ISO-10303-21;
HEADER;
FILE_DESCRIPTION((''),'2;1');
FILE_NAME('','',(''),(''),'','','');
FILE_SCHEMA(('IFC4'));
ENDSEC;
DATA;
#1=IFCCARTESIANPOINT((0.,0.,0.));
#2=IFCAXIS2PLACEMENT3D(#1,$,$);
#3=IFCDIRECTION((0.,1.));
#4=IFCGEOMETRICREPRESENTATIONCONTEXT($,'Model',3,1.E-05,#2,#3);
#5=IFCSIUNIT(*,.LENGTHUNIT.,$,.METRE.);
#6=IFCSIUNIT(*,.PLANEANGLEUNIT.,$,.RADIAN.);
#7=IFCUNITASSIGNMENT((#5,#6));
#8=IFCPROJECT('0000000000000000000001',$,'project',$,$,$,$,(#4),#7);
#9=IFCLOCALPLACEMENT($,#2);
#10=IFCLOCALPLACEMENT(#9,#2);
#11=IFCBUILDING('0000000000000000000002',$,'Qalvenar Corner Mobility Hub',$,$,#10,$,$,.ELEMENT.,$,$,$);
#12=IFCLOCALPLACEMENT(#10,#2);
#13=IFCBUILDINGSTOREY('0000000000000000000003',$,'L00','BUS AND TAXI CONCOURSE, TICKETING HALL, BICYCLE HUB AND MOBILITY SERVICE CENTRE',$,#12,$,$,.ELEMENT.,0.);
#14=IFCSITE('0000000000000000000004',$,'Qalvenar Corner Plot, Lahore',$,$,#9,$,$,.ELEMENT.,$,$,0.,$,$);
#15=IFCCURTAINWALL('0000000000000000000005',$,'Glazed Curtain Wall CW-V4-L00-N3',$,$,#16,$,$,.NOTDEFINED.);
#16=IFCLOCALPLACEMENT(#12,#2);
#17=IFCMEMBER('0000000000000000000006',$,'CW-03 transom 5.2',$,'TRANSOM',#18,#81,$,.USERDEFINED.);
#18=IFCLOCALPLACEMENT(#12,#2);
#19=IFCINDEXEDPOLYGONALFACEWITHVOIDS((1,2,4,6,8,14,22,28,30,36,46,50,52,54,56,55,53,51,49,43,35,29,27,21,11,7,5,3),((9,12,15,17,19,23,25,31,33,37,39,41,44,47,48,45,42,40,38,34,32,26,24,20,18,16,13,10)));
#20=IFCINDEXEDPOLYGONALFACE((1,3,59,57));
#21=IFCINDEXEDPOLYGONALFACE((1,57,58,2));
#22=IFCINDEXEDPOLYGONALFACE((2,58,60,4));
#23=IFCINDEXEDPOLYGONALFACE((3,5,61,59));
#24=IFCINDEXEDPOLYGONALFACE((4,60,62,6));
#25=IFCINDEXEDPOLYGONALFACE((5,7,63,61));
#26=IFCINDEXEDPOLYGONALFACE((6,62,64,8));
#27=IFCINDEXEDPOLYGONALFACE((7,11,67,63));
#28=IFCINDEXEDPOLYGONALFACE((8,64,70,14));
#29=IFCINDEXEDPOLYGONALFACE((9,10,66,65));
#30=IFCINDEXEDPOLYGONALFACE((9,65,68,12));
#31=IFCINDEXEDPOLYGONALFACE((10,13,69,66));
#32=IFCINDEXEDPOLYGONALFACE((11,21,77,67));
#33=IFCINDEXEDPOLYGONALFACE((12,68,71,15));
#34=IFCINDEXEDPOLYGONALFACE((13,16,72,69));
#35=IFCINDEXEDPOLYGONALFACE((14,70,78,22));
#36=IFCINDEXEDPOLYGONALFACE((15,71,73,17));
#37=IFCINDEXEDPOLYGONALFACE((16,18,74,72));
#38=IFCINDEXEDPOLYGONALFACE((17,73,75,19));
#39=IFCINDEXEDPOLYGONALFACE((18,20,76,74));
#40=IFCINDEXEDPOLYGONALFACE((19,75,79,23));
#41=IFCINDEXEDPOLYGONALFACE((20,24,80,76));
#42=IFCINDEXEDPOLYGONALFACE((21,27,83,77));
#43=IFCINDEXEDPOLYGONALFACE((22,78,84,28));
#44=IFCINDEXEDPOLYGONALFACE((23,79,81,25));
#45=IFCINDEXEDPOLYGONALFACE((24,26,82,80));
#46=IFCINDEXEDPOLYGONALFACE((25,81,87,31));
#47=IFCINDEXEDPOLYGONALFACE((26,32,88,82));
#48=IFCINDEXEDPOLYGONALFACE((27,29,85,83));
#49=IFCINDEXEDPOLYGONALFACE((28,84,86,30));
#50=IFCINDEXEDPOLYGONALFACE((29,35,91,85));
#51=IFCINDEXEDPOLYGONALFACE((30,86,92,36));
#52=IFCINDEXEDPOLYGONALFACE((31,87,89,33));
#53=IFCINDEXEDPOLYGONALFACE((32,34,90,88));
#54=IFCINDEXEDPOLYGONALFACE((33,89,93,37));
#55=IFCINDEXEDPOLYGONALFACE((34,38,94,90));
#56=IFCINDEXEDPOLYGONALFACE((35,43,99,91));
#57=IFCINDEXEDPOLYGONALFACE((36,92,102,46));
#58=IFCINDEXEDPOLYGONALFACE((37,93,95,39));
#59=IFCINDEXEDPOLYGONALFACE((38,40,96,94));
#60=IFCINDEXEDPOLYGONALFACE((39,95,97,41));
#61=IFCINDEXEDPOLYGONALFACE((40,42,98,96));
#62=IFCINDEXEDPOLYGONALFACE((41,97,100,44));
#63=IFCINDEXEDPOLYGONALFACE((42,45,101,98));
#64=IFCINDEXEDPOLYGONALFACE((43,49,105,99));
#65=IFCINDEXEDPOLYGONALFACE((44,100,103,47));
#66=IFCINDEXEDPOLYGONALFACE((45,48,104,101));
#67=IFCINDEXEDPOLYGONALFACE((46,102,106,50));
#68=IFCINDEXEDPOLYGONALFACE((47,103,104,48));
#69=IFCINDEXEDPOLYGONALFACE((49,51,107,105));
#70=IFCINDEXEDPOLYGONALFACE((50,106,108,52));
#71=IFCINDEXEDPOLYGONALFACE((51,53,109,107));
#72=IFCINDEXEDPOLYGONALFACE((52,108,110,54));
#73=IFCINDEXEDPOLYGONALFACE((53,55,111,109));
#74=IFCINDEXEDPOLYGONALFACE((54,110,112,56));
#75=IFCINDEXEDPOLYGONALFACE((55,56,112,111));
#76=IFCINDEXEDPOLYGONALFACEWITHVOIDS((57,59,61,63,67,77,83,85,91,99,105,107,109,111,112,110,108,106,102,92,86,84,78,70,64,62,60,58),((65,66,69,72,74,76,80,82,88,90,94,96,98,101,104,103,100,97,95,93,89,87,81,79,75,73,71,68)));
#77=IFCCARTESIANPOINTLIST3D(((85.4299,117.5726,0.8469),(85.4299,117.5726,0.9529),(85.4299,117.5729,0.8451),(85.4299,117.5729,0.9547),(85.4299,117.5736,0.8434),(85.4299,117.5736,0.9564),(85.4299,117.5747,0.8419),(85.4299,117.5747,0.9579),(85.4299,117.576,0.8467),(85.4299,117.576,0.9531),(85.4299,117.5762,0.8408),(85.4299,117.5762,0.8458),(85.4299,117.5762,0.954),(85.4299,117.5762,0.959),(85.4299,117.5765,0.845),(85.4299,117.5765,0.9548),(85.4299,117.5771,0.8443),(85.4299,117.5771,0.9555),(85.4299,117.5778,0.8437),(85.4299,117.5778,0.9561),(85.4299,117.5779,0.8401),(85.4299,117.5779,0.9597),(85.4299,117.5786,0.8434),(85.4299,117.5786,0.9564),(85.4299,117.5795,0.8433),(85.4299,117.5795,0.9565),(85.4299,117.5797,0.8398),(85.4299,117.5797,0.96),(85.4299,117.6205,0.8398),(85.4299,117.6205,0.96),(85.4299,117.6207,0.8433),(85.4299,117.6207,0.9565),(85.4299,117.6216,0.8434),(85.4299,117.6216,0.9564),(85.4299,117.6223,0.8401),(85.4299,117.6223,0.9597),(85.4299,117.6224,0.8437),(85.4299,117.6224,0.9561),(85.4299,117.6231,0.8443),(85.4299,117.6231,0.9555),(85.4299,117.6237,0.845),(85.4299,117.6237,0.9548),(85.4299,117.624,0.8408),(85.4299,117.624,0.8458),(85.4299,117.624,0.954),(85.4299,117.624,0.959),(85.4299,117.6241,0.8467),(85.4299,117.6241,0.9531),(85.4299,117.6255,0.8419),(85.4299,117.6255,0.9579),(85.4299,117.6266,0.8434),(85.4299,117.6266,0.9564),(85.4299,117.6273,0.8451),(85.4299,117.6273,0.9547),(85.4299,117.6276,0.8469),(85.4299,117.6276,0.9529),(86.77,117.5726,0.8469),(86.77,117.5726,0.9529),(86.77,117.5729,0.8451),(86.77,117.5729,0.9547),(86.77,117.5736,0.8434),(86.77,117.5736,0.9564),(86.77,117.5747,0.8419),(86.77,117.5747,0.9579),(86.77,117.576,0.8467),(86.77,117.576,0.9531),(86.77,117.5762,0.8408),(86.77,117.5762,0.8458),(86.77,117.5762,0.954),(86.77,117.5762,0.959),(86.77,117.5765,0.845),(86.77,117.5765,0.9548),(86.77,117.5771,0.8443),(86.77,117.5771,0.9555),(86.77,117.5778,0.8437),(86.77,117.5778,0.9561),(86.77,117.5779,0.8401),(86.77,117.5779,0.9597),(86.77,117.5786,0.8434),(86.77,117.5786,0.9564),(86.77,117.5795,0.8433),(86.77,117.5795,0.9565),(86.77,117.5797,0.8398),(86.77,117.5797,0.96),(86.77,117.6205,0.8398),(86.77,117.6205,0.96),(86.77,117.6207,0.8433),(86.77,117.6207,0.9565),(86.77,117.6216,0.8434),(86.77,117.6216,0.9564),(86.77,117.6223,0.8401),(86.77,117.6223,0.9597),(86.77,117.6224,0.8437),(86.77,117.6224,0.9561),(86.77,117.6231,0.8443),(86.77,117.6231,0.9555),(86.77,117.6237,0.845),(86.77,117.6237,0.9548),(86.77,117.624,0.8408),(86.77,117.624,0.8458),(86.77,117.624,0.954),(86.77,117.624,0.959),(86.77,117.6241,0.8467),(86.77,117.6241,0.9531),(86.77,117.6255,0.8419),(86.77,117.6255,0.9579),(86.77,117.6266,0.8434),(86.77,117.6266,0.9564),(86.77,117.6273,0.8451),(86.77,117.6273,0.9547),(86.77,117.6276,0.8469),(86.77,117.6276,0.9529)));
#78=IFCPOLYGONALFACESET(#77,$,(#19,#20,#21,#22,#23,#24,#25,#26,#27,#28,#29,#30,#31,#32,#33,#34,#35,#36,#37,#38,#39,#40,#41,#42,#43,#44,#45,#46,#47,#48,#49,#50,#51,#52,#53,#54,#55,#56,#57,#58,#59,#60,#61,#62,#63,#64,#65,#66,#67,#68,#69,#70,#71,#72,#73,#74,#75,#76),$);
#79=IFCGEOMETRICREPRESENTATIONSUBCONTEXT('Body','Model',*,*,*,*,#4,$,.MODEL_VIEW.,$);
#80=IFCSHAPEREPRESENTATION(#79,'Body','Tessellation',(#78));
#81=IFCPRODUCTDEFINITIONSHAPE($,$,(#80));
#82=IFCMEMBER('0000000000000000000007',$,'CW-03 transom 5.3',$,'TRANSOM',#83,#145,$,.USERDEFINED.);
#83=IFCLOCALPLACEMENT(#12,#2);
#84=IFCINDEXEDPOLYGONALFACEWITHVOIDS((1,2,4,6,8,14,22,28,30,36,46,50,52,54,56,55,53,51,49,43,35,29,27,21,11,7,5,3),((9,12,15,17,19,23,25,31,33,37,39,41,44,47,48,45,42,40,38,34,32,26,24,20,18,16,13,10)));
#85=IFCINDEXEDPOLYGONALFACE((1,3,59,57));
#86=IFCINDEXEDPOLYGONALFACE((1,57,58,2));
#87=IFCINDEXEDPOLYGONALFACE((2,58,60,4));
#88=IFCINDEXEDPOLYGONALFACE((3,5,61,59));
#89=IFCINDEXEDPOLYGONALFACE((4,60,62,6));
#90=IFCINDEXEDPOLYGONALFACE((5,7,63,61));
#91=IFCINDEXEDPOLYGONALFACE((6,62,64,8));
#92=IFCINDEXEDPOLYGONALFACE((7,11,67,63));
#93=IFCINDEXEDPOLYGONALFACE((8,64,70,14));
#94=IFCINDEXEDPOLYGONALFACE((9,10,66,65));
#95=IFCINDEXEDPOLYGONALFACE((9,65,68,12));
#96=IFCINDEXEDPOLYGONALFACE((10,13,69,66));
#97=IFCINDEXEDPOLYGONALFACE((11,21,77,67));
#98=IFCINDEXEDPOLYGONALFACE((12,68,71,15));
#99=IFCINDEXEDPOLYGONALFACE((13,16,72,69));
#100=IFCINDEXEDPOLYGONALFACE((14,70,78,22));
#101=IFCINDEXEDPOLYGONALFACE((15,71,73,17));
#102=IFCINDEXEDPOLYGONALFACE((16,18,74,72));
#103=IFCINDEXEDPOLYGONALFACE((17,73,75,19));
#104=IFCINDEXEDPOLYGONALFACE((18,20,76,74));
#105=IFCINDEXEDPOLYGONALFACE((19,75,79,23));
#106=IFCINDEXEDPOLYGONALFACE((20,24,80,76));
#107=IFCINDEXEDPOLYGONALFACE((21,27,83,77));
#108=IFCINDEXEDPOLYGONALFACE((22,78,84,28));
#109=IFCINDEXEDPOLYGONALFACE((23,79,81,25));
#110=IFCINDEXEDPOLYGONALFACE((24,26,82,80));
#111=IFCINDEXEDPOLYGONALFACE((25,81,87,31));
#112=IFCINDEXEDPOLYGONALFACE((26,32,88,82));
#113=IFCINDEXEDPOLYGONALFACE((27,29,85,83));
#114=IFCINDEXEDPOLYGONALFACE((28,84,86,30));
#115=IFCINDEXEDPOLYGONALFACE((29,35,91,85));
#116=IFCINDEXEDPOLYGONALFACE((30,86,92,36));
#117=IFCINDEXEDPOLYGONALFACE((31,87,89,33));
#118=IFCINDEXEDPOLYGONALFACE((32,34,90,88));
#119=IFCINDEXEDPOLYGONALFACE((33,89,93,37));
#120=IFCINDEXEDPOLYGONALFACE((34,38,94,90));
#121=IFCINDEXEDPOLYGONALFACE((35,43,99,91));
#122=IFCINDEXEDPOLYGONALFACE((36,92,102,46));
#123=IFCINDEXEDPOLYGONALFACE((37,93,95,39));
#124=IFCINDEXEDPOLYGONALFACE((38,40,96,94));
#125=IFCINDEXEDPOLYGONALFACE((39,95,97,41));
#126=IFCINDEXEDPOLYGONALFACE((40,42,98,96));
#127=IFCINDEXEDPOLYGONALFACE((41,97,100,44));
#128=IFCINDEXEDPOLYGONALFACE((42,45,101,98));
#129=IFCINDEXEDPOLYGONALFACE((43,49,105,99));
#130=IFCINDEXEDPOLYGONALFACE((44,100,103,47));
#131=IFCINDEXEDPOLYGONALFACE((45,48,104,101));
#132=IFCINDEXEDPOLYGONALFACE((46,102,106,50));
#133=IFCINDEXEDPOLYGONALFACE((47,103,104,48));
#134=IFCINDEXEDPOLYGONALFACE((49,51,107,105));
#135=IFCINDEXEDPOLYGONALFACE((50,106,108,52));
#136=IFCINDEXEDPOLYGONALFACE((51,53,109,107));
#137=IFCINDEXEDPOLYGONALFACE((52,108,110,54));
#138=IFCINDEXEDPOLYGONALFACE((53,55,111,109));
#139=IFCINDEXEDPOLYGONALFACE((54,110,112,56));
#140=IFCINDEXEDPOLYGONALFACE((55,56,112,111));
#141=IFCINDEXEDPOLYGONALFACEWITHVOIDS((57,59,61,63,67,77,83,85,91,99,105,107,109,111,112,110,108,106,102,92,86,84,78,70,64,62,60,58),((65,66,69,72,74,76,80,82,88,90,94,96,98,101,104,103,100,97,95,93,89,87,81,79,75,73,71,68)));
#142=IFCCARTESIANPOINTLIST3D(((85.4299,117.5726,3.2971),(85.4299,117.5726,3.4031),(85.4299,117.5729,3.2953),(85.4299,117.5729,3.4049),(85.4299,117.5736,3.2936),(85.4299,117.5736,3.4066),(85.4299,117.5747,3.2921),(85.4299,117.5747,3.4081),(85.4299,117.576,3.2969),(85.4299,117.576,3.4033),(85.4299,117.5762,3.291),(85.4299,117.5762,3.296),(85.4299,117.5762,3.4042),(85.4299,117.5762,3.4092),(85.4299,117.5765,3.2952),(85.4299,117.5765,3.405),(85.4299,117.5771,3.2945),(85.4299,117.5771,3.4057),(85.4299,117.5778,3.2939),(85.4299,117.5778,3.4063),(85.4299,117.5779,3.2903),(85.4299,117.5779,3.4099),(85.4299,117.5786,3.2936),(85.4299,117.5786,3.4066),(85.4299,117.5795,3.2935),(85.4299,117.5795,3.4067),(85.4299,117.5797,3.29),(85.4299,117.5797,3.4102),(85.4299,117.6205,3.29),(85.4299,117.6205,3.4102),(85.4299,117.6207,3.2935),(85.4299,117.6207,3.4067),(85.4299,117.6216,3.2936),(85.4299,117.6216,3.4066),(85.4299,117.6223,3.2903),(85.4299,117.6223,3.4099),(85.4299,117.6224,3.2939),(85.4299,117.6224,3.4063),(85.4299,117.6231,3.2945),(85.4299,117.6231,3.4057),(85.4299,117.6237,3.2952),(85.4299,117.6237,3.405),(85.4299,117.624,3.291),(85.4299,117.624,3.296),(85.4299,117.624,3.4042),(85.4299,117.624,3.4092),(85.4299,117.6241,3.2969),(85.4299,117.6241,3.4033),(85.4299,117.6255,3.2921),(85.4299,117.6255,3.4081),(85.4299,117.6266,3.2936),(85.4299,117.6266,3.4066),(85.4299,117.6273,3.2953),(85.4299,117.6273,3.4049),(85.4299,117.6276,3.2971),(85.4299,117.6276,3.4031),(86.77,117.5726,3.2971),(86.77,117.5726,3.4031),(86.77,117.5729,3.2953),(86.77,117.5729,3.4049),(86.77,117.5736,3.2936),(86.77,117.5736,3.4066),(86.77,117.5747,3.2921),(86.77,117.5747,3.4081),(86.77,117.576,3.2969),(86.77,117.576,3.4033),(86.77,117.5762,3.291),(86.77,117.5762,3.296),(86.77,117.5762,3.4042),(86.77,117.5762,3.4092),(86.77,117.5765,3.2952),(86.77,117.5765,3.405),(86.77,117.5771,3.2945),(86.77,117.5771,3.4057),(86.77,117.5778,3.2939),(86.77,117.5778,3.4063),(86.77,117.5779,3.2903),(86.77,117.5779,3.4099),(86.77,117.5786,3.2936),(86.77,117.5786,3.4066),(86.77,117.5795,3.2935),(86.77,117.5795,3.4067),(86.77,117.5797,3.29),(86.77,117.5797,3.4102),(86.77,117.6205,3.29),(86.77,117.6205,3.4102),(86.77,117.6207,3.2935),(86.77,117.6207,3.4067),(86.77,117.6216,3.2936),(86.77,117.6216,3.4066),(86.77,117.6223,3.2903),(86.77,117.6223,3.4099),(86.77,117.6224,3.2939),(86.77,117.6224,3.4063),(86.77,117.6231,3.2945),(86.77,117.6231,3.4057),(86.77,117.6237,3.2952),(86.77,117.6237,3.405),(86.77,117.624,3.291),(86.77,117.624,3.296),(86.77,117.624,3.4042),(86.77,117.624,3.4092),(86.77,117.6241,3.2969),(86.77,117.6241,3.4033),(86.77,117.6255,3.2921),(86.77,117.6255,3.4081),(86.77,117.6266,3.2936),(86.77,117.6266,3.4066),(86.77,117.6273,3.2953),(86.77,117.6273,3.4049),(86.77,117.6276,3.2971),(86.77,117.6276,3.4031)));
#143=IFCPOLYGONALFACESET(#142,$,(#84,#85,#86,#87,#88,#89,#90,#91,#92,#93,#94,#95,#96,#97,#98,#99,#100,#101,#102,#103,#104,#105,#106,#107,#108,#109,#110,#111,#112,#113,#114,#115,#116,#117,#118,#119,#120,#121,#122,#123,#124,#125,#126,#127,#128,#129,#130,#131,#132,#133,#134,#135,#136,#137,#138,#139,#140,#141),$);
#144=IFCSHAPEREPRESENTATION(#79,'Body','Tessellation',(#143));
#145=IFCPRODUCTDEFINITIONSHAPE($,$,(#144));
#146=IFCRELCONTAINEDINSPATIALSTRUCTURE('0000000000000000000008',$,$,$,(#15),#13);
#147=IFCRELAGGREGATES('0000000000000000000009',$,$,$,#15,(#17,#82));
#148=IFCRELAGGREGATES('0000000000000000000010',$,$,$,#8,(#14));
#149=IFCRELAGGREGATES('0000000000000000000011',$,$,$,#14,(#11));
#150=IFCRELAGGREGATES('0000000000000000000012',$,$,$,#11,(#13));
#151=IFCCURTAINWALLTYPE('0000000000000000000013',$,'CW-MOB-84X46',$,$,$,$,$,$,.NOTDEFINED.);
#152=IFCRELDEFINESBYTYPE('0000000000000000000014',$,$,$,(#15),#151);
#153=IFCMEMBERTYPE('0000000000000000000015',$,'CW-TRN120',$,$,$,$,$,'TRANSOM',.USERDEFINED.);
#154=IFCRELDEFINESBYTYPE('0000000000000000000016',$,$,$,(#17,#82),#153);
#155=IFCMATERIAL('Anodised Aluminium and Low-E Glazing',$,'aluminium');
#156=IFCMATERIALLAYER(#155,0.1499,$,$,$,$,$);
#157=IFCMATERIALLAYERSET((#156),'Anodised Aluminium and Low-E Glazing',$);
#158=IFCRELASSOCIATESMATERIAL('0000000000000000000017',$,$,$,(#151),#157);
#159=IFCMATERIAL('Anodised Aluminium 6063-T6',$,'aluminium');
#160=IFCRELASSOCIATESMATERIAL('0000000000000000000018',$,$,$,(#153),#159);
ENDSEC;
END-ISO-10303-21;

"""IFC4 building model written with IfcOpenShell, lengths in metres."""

from ifc_helpers import new_model, si_unit, direction, frame, origin, origin_2d, place, context, subcontext, project, spatial, hollow_rectangle, extrude, material, layer, layer_set, material_profile, profile_set, type_object, element, aggregate, save


model = new_model("IFC4")

# Units and contexts
model_context = context("Model", 3, precision=1e-05, world=origin(), true_north=direction((0.0, 1.0)))
body_context = subcontext(model_context, "Body", "Model", "MODEL_VIEW")
ifc_project = project(units=[si_unit("LENGTHUNIT", "METRE"), si_unit("PLANEANGLEUNIT", "RADIAN")], contexts=[model_context])

# Site, building, storey
site_placement = place(None, origin())
site = spatial("IfcSite", under=ifc_project, at=site_placement, Name="Qalvenar Corner Plot, Lahore", CompositionType="ELEMENT", RefElevation=0.0)
building_placement = place(site_placement, origin())
building = spatial("IfcBuilding", under=site, at=building_placement, Name="Qalvenar Corner Mobility Hub", CompositionType="ELEMENT")
storey_placement = place(building_placement, origin())
storey = spatial("IfcBuildingStorey", under=building, at=storey_placement, Name="L00", Description="BUS AND TAXI CONCOURSE, TICKETING HALL, BICYCLE HUB AND MOBILITY SERVICE CENTRE", CompositionType="ELEMENT", Elevation=0.0)

# Curtain wall, members
ifc_material_1 = material(Name="Anodised Aluminium and Low-E Glazing", Category="aluminium")
ifc_layer_1 = layer(ifc_material_1, 0.1499)
ifc_layer_set_1 = layer_set([ifc_layer_1], Name="Anodised Aluminium and Low-E Glazing")
curtain_wall_type = type_object("IfcCurtainWallType", Name="CW-MOB-84X46", PredefinedType="NOTDEFINED", material=ifc_layer_set_1)
curtain_wall_placement = place(storey_placement, origin())
curtain_wall = element("IfcCurtainWall", 1, at=curtain_wall_placement, inside=storey, type_object=curtain_wall_type, Name="Glazed Curtain Wall CW-V4-L00-N3", PredefinedType="NOTDEFINED")
ifc_material_2 = material(Name="Anodised Aluminium 6063-T6", Category="aluminium")
ifc_material_profile_1 = material_profile(ifc_material_2, hollow_rectangle(XDim=0.0549, YDim=0.1201, WallThickness=0.0034, InnerFilletRadius=0.0034, OuterFilletRadius=0.0071, at=origin_2d()), Name="RHS120x55x3.5")
ifc_profile_set_1 = profile_set([ifc_material_profile_1], Name="Anodised Aluminium 6063-T6")
member_type_1 = type_object("IfcMemberType", Name="CW-TRN120", ElementType="TRANSOM", PredefinedType="USERDEFINED", material=ifc_profile_set_1)
member_1_placement = place(storey_placement, frame((86.77, 117.6001, 0.8999), z_axis=(-1.0, 0.0, 0.0), x_axis=(0.0, -1.0, 0.0)))
member_1 = element("IfcMember", 2, at=member_1_placement, type_object=member_type_1, Name="CW-03 transom 5.2", ObjectType="TRANSOM", PredefinedType="USERDEFINED", context=body_context, shape_type="SweptSolid", body=[
    extrude(hollow_rectangle(XDim=0.0549, YDim=0.1201, WallThickness=0.0034, InnerFilletRadius=0.0034, OuterFilletRadius=0.0071, at=origin_2d()), origin(), (0.0, 0.0, 1.0), 1.3401),
])
member_2_placement = place(storey_placement, frame((86.77, 117.6001, 3.3501), z_axis=(-1.0, 0.0, 0.0), x_axis=(0.0, -1.0, 0.0)))
member_2 = element("IfcMember", 3, at=member_2_placement, type_object=member_type_1, Name="CW-03 transom 5.3", ObjectType="TRANSOM", PredefinedType="USERDEFINED", context=body_context, shape_type="SweptSolid", body=[
    extrude(hollow_rectangle(XDim=0.0549, YDim=0.1201, WallThickness=0.0034, InnerFilletRadius=0.0034, OuterFilletRadius=0.0071, at=origin_2d()), origin(), (0.0, 0.0, 1.0), 1.3401),
])
aggregate(curtain_wall, [member_1, member_2])

save(model, "model.ifc")
